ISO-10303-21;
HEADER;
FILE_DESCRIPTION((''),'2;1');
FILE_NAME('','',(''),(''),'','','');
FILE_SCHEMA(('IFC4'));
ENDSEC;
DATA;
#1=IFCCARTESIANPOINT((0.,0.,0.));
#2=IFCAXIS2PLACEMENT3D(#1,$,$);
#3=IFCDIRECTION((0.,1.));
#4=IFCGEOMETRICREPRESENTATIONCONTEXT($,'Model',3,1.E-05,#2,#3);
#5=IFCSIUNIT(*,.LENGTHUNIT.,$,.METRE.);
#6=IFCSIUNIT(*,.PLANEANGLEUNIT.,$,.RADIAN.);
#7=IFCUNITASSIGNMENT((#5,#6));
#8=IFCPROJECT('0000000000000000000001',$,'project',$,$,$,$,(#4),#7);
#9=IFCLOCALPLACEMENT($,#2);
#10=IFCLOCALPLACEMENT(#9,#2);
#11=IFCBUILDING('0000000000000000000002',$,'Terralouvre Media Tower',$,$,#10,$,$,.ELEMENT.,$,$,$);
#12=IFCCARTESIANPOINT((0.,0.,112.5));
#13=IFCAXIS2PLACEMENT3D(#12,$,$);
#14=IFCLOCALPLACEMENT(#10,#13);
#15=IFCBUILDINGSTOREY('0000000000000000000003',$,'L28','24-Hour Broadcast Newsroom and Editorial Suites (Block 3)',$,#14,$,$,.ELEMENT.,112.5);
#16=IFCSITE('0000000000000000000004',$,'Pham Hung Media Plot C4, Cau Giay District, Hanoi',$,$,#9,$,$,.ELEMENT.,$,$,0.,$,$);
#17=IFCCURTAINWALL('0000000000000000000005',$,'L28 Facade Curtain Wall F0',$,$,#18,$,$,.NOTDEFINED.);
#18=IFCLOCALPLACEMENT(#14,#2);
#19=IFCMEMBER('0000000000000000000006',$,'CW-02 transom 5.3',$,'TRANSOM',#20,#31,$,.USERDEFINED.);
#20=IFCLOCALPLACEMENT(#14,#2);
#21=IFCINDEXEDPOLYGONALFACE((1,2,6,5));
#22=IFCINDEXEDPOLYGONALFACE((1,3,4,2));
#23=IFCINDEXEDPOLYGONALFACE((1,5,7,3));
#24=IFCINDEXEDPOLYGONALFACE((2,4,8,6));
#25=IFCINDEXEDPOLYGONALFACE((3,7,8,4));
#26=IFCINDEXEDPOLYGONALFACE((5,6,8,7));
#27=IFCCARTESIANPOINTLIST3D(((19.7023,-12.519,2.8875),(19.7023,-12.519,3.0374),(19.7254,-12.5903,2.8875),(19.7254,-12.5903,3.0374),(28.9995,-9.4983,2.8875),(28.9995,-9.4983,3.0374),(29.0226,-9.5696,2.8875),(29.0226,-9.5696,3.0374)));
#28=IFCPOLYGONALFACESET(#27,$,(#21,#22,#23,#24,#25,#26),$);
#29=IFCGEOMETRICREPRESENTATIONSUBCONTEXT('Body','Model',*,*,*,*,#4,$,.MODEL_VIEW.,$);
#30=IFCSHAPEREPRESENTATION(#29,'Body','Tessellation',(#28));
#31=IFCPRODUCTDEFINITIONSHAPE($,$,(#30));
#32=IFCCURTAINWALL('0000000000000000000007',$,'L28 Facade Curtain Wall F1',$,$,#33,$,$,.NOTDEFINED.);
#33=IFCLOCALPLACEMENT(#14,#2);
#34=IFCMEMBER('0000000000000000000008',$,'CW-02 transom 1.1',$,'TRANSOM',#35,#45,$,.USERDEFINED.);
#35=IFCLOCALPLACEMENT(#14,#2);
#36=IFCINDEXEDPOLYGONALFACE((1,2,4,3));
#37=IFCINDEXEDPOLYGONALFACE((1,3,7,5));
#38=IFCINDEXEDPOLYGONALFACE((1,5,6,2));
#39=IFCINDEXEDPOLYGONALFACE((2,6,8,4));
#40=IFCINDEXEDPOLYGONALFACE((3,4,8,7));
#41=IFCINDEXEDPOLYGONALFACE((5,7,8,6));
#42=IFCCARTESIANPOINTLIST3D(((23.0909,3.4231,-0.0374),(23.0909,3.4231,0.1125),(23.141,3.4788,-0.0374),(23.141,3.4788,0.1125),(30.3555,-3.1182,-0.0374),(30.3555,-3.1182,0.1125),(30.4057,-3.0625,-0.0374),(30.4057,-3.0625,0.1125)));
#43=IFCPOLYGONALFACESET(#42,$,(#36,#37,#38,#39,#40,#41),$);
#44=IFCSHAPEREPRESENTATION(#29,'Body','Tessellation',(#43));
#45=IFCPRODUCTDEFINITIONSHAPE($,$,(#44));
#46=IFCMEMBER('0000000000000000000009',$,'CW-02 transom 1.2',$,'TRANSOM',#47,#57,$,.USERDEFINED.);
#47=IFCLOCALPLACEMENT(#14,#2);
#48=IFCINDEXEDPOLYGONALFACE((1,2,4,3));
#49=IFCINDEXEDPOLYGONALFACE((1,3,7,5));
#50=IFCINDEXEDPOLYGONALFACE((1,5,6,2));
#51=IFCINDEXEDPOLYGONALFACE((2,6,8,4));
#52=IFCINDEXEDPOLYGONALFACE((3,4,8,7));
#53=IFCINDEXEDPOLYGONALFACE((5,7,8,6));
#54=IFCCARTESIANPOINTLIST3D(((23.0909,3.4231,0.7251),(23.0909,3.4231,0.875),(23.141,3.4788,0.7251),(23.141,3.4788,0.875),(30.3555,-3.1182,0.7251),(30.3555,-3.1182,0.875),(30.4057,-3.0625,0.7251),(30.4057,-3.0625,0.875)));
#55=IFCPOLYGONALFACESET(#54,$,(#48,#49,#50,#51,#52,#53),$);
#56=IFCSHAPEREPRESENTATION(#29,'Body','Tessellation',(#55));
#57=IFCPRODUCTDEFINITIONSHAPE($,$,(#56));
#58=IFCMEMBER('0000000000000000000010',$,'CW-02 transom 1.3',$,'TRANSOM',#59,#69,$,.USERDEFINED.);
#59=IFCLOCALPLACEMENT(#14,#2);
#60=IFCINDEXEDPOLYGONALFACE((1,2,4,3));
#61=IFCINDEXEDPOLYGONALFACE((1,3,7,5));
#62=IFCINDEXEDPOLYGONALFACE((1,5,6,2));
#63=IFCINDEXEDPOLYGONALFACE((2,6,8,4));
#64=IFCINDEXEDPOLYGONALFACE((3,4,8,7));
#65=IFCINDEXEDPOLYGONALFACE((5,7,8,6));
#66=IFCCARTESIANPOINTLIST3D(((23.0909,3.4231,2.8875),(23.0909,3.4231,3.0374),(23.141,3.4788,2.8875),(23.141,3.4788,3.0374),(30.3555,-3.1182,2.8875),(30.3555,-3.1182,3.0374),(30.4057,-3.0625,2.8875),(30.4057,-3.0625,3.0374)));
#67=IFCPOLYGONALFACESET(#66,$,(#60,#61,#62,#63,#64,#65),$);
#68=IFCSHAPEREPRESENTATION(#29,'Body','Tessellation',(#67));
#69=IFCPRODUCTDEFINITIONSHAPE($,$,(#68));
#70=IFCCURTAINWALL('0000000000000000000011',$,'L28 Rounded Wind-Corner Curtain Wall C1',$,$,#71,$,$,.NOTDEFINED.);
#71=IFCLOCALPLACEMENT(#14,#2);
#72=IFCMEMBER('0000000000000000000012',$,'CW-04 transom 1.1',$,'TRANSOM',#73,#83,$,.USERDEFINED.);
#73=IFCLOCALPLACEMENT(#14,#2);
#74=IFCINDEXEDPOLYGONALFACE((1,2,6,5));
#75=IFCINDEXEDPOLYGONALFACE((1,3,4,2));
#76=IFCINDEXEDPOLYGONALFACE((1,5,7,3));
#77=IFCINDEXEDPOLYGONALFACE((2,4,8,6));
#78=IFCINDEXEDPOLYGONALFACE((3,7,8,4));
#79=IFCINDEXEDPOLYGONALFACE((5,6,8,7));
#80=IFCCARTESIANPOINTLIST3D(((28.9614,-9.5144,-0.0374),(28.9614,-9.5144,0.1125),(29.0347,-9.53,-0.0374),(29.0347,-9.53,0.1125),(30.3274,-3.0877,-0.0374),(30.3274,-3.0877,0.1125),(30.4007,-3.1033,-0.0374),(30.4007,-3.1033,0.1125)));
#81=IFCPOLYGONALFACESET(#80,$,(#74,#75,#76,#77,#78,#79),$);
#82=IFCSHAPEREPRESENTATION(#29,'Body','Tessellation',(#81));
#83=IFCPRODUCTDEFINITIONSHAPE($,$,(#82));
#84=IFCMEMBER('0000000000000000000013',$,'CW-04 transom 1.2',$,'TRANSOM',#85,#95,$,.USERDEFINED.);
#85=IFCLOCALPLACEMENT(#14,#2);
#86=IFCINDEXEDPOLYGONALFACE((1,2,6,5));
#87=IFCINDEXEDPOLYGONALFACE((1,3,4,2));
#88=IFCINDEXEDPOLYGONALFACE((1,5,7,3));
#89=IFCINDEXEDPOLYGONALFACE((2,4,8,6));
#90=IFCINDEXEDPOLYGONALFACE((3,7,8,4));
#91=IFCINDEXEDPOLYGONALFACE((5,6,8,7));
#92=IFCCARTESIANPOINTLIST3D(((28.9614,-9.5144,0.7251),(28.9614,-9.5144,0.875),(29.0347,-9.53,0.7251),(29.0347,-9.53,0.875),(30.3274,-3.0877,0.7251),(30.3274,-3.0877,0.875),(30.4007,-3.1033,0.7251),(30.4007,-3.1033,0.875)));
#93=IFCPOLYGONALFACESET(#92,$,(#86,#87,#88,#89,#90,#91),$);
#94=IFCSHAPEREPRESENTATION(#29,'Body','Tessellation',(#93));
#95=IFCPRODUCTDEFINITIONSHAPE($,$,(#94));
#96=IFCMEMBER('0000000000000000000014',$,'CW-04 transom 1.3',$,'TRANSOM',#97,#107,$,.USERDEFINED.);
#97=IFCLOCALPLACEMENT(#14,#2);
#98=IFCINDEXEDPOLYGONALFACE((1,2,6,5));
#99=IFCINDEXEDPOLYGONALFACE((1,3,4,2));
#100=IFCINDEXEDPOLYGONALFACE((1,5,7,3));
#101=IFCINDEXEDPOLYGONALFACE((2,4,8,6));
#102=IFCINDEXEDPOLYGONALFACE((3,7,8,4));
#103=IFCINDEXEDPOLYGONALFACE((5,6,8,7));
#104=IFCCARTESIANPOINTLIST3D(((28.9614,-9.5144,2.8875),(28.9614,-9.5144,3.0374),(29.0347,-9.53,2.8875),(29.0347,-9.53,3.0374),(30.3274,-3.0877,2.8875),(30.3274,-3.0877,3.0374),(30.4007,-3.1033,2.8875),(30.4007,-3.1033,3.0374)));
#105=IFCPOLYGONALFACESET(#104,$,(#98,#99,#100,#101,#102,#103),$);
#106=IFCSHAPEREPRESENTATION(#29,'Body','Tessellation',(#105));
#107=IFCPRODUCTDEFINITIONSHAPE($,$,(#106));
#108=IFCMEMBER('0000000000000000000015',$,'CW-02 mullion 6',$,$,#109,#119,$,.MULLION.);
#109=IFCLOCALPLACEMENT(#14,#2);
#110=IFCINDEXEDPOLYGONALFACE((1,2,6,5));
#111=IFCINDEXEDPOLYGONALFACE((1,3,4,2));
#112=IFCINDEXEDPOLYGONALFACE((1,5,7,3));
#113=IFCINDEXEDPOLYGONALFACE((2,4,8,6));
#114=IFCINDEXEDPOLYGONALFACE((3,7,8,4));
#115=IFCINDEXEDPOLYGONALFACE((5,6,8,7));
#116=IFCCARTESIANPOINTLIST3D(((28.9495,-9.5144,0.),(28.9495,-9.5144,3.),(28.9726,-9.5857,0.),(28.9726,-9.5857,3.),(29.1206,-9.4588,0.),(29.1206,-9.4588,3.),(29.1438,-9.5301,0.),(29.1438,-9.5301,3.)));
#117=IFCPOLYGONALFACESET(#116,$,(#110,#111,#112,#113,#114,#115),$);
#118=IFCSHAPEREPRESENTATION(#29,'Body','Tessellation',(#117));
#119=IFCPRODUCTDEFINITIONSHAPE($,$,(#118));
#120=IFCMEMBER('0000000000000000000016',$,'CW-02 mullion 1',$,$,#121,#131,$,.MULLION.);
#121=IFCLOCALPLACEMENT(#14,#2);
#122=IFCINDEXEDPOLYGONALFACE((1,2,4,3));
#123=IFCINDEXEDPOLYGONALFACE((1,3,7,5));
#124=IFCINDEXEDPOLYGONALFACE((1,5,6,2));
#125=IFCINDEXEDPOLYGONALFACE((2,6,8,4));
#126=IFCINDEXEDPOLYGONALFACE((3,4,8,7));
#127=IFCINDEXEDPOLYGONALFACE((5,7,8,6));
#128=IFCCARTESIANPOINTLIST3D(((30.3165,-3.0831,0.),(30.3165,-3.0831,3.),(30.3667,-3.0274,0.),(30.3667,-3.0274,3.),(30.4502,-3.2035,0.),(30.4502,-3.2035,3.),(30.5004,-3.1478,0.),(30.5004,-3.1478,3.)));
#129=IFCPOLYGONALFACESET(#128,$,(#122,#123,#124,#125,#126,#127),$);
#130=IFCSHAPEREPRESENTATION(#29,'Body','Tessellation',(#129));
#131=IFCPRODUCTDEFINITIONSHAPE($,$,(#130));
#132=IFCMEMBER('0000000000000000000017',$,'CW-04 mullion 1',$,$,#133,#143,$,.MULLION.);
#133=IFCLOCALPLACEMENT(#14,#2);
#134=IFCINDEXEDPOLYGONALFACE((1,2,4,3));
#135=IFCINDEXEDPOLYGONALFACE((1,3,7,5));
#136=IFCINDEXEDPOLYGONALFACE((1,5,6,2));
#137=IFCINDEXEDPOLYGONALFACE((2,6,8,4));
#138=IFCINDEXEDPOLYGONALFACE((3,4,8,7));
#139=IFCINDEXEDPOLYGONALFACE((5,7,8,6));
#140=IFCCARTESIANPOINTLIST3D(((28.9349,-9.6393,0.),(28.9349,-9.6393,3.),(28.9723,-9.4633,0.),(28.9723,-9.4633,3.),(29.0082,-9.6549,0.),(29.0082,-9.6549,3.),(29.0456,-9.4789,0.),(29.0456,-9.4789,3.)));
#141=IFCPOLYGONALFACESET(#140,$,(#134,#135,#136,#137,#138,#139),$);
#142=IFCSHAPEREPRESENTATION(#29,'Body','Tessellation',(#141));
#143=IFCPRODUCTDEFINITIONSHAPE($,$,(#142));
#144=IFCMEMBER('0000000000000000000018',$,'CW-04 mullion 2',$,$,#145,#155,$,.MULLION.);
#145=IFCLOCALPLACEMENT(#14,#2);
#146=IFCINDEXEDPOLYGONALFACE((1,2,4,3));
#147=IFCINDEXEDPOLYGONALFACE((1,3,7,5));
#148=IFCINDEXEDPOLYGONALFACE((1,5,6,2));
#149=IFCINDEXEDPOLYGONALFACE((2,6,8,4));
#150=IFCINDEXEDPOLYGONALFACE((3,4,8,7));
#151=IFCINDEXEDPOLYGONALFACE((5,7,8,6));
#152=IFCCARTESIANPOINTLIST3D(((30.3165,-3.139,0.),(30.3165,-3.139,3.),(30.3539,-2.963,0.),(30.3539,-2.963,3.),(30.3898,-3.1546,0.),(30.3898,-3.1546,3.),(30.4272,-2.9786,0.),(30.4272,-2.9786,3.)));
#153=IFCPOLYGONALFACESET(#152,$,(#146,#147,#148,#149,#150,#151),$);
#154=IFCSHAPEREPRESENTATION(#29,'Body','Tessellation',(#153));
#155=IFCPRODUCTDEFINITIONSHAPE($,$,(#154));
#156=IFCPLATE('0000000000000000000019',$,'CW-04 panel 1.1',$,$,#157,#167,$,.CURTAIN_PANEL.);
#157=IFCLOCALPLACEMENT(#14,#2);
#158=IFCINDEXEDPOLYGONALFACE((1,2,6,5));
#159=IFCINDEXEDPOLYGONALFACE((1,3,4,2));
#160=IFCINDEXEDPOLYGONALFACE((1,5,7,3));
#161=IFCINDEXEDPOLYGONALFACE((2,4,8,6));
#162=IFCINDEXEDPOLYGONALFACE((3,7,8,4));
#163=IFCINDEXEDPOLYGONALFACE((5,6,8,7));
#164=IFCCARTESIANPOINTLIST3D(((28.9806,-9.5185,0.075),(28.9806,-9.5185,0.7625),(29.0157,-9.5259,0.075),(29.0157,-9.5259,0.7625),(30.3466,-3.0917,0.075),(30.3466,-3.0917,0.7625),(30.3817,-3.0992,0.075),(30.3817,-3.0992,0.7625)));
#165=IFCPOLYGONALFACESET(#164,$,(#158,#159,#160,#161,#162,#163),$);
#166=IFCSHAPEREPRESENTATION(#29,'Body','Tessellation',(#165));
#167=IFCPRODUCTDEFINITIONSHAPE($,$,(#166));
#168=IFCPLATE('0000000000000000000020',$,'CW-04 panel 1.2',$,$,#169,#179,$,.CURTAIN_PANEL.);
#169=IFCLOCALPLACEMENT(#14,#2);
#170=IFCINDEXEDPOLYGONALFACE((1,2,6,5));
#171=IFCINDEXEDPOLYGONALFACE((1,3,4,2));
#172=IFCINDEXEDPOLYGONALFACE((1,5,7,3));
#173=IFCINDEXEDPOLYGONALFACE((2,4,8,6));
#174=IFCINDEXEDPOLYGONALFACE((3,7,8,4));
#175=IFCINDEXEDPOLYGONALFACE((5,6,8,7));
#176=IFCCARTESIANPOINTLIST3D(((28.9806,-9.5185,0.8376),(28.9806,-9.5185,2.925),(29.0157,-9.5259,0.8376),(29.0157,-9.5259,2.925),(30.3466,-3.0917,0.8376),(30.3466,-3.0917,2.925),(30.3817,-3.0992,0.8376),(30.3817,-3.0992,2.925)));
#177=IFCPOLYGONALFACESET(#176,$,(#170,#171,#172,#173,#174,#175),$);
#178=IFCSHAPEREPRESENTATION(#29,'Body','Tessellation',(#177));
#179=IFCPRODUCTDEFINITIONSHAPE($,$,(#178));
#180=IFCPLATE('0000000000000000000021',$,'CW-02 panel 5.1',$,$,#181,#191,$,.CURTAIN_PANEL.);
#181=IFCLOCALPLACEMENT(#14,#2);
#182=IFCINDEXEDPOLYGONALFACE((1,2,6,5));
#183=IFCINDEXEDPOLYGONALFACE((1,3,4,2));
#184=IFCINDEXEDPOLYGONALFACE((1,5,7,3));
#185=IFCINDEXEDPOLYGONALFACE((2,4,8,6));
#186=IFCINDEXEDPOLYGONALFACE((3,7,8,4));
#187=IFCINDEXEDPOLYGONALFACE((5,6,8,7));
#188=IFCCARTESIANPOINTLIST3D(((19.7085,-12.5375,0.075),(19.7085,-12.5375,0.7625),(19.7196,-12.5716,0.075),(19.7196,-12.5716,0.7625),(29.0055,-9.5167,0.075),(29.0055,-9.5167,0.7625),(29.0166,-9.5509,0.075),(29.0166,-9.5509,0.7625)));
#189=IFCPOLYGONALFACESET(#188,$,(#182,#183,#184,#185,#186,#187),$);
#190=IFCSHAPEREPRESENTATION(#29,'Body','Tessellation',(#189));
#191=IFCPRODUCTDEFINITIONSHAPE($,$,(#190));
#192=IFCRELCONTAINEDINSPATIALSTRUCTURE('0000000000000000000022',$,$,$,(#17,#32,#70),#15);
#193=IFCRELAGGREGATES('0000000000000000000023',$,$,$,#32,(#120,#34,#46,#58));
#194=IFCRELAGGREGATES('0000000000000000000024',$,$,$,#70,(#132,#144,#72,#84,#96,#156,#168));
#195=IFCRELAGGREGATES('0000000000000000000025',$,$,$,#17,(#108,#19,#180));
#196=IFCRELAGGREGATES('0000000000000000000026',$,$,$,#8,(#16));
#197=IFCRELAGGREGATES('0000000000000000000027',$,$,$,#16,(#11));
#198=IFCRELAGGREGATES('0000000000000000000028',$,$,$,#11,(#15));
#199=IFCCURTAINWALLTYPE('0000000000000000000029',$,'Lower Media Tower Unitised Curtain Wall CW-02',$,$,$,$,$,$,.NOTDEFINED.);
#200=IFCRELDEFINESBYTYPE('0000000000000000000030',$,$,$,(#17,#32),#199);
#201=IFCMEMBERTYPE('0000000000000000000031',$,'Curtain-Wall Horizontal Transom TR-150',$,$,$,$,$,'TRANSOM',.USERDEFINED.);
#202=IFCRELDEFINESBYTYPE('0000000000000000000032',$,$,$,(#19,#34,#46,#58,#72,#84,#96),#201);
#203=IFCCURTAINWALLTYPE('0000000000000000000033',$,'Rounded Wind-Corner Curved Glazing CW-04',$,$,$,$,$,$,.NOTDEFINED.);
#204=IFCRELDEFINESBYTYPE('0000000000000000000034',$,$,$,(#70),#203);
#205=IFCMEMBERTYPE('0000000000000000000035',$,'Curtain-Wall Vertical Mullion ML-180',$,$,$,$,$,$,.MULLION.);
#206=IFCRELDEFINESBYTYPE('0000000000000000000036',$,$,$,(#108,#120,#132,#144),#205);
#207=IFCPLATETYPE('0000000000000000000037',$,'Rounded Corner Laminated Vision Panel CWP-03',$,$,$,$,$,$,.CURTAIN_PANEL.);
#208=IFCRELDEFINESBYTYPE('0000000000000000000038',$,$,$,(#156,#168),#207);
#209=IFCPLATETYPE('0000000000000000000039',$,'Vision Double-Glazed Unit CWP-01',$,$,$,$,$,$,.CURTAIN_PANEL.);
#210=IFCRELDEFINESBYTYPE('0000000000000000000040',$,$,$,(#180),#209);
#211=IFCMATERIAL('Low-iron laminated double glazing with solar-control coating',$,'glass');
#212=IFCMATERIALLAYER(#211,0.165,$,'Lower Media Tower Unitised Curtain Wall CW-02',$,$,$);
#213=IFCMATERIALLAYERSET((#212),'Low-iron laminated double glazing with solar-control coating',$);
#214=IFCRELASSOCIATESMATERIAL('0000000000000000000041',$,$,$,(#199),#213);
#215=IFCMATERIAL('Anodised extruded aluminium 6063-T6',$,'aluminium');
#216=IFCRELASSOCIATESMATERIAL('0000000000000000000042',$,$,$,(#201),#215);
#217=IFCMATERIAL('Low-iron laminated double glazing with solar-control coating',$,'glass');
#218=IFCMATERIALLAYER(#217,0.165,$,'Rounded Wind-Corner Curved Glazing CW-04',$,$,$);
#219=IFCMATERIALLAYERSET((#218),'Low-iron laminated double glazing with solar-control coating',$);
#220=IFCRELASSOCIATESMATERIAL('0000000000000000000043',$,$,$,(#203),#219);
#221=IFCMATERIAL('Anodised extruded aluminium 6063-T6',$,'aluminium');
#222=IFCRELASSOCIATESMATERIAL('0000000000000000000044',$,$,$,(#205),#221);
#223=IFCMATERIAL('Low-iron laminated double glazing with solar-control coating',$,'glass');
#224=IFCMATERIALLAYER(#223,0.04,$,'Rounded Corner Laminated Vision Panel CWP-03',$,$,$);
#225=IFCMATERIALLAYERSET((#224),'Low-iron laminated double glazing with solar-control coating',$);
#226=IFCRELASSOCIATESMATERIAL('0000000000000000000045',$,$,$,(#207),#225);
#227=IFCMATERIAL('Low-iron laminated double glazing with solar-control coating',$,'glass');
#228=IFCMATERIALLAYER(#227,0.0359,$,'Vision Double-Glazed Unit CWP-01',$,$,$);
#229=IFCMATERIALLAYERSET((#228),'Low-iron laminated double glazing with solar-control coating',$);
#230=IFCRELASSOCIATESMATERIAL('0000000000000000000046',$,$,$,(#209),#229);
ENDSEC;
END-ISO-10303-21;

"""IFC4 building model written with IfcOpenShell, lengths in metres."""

from ifc_helpers import new_model, si_unit, direction, frame, origin, origin_2d, place, context, subcontext, project, spatial, rectangle, extrude, material, layer, layer_set, material_profile, profile_set, type_object, element, aggregate, save


model = new_model("IFC4")

# Units and contexts
model_context = context("Model", 3, precision=1e-05, world=origin(), true_north=direction((0.0, 1.0)))
body_context = subcontext(model_context, "Body", "Model", "MODEL_VIEW")
ifc_project = project(units=[si_unit("LENGTHUNIT", "METRE"), si_unit("PLANEANGLEUNIT", "RADIAN")], contexts=[model_context])

# Site, building, storey
site_placement = place(None, origin())
site = spatial("IfcSite", under=ifc_project, at=site_placement, Name="Pham Hung Media Plot C4, Cau Giay District, Hanoi", CompositionType="ELEMENT", RefElevation=0.0)
building_placement = place(site_placement, origin())
building = spatial("IfcBuilding", under=site, at=building_placement, Name="Terralouvre Media Tower", CompositionType="ELEMENT")
storey_placement = place(building_placement, frame((0.0, 0.0, 112.5)))
storey = spatial("IfcBuildingStorey", under=building, at=storey_placement, Name="L28", Description="24-Hour Broadcast Newsroom and Editorial Suites (Block 3)", CompositionType="ELEMENT", Elevation=112.5)

# Curtain wall, member
ifc_material_1 = material(Name="Low-iron laminated double glazing with solar-control coating", Category="glass")
ifc_layer_1 = layer(ifc_material_1, 0.165, Name="Lower Media Tower Unitised Curtain Wall CW-02")
ifc_layer_set_1 = layer_set([ifc_layer_1], Name="Low-iron laminated double glazing with solar-control coating")
curtain_wall_type_1 = type_object("IfcCurtainWallType", Name="Lower Media Tower Unitised Curtain Wall CW-02", PredefinedType="NOTDEFINED", material=ifc_layer_set_1)
curtain_wall_1_placement = place(storey_placement, origin())
curtain_wall_1 = element("IfcCurtainWall", 1, at=curtain_wall_1_placement, inside=storey, type_object=curtain_wall_type_1, Name="L28 Facade Curtain Wall F0", PredefinedType="NOTDEFINED")
ifc_material_2 = material(Name="Anodised extruded aluminium 6063-T6", Category="aluminium")
ifc_material_profile_1 = material_profile(ifc_material_2, rectangle(XDim=0.075, YDim=0.1499, at=origin_2d()), Name="ALU 75x150")
ifc_profile_set_1 = profile_set([ifc_material_profile_1], Name="Anodised extruded aluminium 6063-T6")
member_type_1 = type_object("IfcMemberType", Name="Curtain-Wall Horizontal Transom TR-150", ElementType="TRANSOM", PredefinedType="USERDEFINED", material=ifc_profile_set_1)
member_1_placement = place(storey_placement, frame((19.7139, -12.5547, 2.9624), z_axis=(0.951058, 0.309011, 0.0), x_axis=(-0.309011, 0.951058, 0.0)))
member_1 = element("IfcMember", 2, at=member_1_placement, type_object=member_type_1, Name="CW-02 transom 5.3", ObjectType="TRANSOM", PredefinedType="USERDEFINED", context=body_context, shape_type="SweptSolid", body=[
    extrude(rectangle(XDim=0.075, YDim=0.1499, at=origin_2d()), origin(), (0.0, 0.0, 1.0), 9.7756),
])

# Curtain walls, members
curtain_wall_2_placement = place(storey_placement, origin())
curtain_wall_2 = element("IfcCurtainWall", 3, at=curtain_wall_2_placement, inside=storey, type_object=curtain_wall_type_1, Name="L28 Facade Curtain Wall F1", PredefinedType="NOTDEFINED")
member_2_placement = place(storey_placement, frame((30.3806, -3.0903, 0.0376), z_axis=(-0.743138, 0.669139, 0.0), x_axis=(-0.669139, -0.743138, 0.0)))
member_2 = element("IfcMember", 4, at=member_2_placement, type_object=member_type_1, Name="CW-02 transom 1.1", ObjectType="TRANSOM", PredefinedType="USERDEFINED", context=body_context, shape_type="SweptSolid", body=[
    extrude(rectangle(XDim=0.075, YDim=0.1499, at=origin_2d()), origin(), (0.0, 0.0, 1.0), 9.7756),
])
member_3_placement = place(storey_placement, frame((30.3806, -3.0903, 0.8), z_axis=(-0.743138, 0.669139, 0.0), x_axis=(-0.669139, -0.743138, 0.0)))
member_3 = element("IfcMember", 5, at=member_3_placement, type_object=member_type_1, Name="CW-02 transom 1.2", ObjectType="TRANSOM", PredefinedType="USERDEFINED", context=body_context, shape_type="SweptSolid", body=[
    extrude(rectangle(XDim=0.075, YDim=0.1499, at=origin_2d()), origin(), (0.0, 0.0, 1.0), 9.7756),
])
member_4_placement = place(storey_placement, frame((30.3806, -3.0903, 2.9624), z_axis=(-0.743138, 0.669139, 0.0), x_axis=(-0.669139, -0.743138, 0.0)))
member_4 = element("IfcMember", 6, at=member_4_placement, type_object=member_type_1, Name="CW-02 transom 1.3", ObjectType="TRANSOM", PredefinedType="USERDEFINED", context=body_context, shape_type="SweptSolid", body=[
    extrude(rectangle(XDim=0.075, YDim=0.1499, at=origin_2d()), origin(), (0.0, 0.0, 1.0), 9.7756),
])
ifc_material_3 = material(Name="Low-iron laminated double glazing with solar-control coating", Category="glass")
ifc_layer_2 = layer(ifc_material_3, 0.165, Name="Rounded Wind-Corner Curved Glazing CW-04")
ifc_layer_set_2 = layer_set([ifc_layer_2], Name="Low-iron laminated double glazing with solar-control coating")
curtain_wall_type_2 = type_object("IfcCurtainWallType", Name="Rounded Wind-Corner Curved Glazing CW-04", PredefinedType="NOTDEFINED", material=ifc_layer_set_2)
curtain_wall_3_placement = place(storey_placement, origin())
curtain_wall_3 = element("IfcCurtainWall", 7, at=curtain_wall_3_placement, inside=storey, type_object=curtain_wall_type_2, Name="L28 Rounded Wind-Corner Curtain Wall C1", PredefinedType="NOTDEFINED")
member_5_placement = place(storey_placement, frame((28.998, -9.5222, 0.0376), z_axis=(0.2079, 0.97815, 0.0), x_axis=(-0.97815, 0.2079, 0.0)))
member_5 = element("IfcMember", 8, at=member_5_placement, type_object=member_type_1, Name="CW-04 transom 1.1", ObjectType="TRANSOM", PredefinedType="USERDEFINED", context=body_context, shape_type="SweptSolid", body=[
    extrude(rectangle(XDim=0.075, YDim=0.1499, at=origin_2d()), origin(), (0.0, 0.0, 1.0), 6.5703),
])
member_6_placement = place(storey_placement, frame((28.998, -9.5222, 0.8), z_axis=(0.2079, 0.97815, 0.0), x_axis=(-0.97815, 0.2079, 0.0)))
member_6 = element("IfcMember", 9, at=member_6_placement, type_object=member_type_1, Name="CW-04 transom 1.2", ObjectType="TRANSOM", PredefinedType="USERDEFINED", context=body_context, shape_type="SweptSolid", body=[
    extrude(rectangle(XDim=0.075, YDim=0.1499, at=origin_2d()), origin(), (0.0, 0.0, 1.0), 6.5703),
])
member_7_placement = place(storey_placement, frame((28.998, -9.5222, 2.9624), z_axis=(0.2079, 0.97815, 0.0), x_axis=(-0.97815, 0.2079, 0.0)))
member_7 = element("IfcMember", 10, at=member_7_placement, type_object=member_type_1, Name="CW-04 transom 1.3", ObjectType="TRANSOM", PredefinedType="USERDEFINED", context=body_context, shape_type="SweptSolid", body=[
    extrude(rectangle(XDim=0.075, YDim=0.1499, at=origin_2d()), origin(), (0.0, 0.0, 1.0), 6.5703),
])

# Members
ifc_material_4 = material(Name="Anodised extruded aluminium 6063-T6", Category="aluminium")
ifc_material_profile_2 = material_profile(ifc_material_4, rectangle(XDim=0.075, YDim=0.1799, at=origin_2d()), Name="ALU 75x180")
ifc_profile_set_2 = profile_set([ifc_material_profile_2], Name="Anodised extruded aluminium 6063-T6")
member_type_2 = type_object("IfcMemberType", Name="Curtain-Wall Vertical Mullion ML-180", PredefinedType="MULLION", material=ifc_profile_set_2)
member_8_placement = place(storey_placement, frame((29.0466, -9.5222, 0.0), z_axis=(0.0, 0.0, 1.0), x_axis=(-0.309017, 0.951057, 0.0)))
member_8 = element("IfcMember", 11, at=member_8_placement, type_object=member_type_2, Name="CW-02 mullion 6", PredefinedType="MULLION", context=body_context, shape_type="SweptSolid", body=[
    extrude(rectangle(XDim=0.075, YDim=0.1799, at=origin_2d()), origin(), (0.0, 0.0, 1.0), 3.0),
])
member_9_placement = place(storey_placement, frame((30.4084, -3.1155, 0.0), z_axis=(0.0, 0.0, 1.0), x_axis=(-0.669131, -0.743145, 0.0)))
member_9 = element("IfcMember", 12, at=member_9_placement, type_object=member_type_2, Name="CW-02 mullion 1", PredefinedType="MULLION", context=body_context, shape_type="SweptSolid", body=[
    extrude(rectangle(XDim=0.075, YDim=0.1799, at=origin_2d()), origin(), (0.0, 0.0, 1.0), 3.0),
])
aggregate(curtain_wall_2, [member_9, member_2, member_3, member_4])
member_10_placement = place(storey_placement, frame((28.9902, -9.5591, 0.0), z_axis=(0.0, 0.0, 1.0), x_axis=(-0.978148, 0.207912, 0.0)))
member_10 = element("IfcMember", 13, at=member_10_placement, type_object=member_type_2, Name="CW-04 mullion 1", PredefinedType="MULLION", context=body_context, shape_type="SweptSolid", body=[
    extrude(rectangle(XDim=0.075, YDim=0.1799, at=origin_2d()), origin(), (0.0, 0.0, 1.0), 3.0),
])
member_11_placement = place(storey_placement, frame((30.3718, -3.0588, 0.0), z_axis=(0.0, 0.0, 1.0), x_axis=(-0.978148, 0.207912, 0.0)))
member_11 = element("IfcMember", 14, at=member_11_placement, type_object=member_type_2, Name="CW-04 mullion 2", PredefinedType="MULLION", context=body_context, shape_type="SweptSolid", body=[
    extrude(rectangle(XDim=0.075, YDim=0.1799, at=origin_2d()), origin(), (0.0, 0.0, 1.0), 3.0),
])

# Plates
ifc_material_5 = material(Name="Low-iron laminated double glazing with solar-control coating", Category="glass")
ifc_layer_3 = layer(ifc_material_5, 0.04, Name="Rounded Corner Laminated Vision Panel CWP-03")
ifc_layer_set_3 = layer_set([ifc_layer_3], Name="Low-iron laminated double glazing with solar-control coating")
plate_type_1 = type_object("IfcPlateType", Name="Rounded Corner Laminated Vision Panel CWP-03", PredefinedType="CURTAIN_PANEL", material=ifc_layer_set_3)
plate_1_placement = place(storey_placement, frame((29.6812, -6.3088, 0.075), z_axis=(0.0, 0.0, 1.0), x_axis=(0.207912, 0.978148, 0.0)))
plate_1 = element("IfcPlate", 15, at=plate_1_placement, type_object=plate_type_1, Name="CW-04 panel 1.1", PredefinedType="CURTAIN_PANEL", context=body_context, shape_type="SweptSolid", body=[
    extrude(rectangle(XDim=6.5703, YDim=0.0359, at=origin_2d()), origin(), (0.0, 0.0, 1.0), 0.6875),
])
plate_2_placement = place(storey_placement, frame((29.6812, -6.3088, 0.8376), z_axis=(0.0, 0.0, 1.0), x_axis=(0.207912, 0.978148, 0.0)))
plate_2 = element("IfcPlate", 16, at=plate_2_placement, type_object=plate_type_1, Name="CW-04 panel 1.2", PredefinedType="CURTAIN_PANEL", context=body_context, shape_type="SweptSolid", body=[
    extrude(rectangle(XDim=6.5703, YDim=0.0359, at=origin_2d()), origin(), (0.0, 0.0, 1.0), 2.0874),
])
aggregate(curtain_wall_3, [member_10, member_11, member_5, member_6, member_7, plate_1, plate_2])
ifc_material_6 = material(Name="Low-iron laminated double glazing with solar-control coating", Category="glass")
ifc_layer_4 = layer(ifc_material_6, 0.0359, Name="Vision Double-Glazed Unit CWP-01")
ifc_layer_set_4 = layer_set([ifc_layer_4], Name="Low-iron laminated double glazing with solar-control coating")
plate_type_2 = type_object("IfcPlateType", Name="Vision Double-Glazed Unit CWP-01", PredefinedType="CURTAIN_PANEL", material=ifc_layer_set_4)
plate_3_placement = place(storey_placement, frame((24.3625, -11.0442, 0.075), z_axis=(0.0, 0.0, 1.0), x_axis=(0.951057, 0.309017, 0.0)))
plate_3 = element("IfcPlate", 17, at=plate_3_placement, type_object=plate_type_2, Name="CW-02 panel 5.1", PredefinedType="CURTAIN_PANEL", context=body_context, shape_type="SweptSolid", body=[
    extrude(rectangle(XDim=9.7754, YDim=0.0359, at=origin_2d()), origin(), (0.0, 0.0, 1.0), 0.6875),
])
aggregate(curtain_wall_1, [member_8, member_1, plate_3])

save(model, "model.ifc")
